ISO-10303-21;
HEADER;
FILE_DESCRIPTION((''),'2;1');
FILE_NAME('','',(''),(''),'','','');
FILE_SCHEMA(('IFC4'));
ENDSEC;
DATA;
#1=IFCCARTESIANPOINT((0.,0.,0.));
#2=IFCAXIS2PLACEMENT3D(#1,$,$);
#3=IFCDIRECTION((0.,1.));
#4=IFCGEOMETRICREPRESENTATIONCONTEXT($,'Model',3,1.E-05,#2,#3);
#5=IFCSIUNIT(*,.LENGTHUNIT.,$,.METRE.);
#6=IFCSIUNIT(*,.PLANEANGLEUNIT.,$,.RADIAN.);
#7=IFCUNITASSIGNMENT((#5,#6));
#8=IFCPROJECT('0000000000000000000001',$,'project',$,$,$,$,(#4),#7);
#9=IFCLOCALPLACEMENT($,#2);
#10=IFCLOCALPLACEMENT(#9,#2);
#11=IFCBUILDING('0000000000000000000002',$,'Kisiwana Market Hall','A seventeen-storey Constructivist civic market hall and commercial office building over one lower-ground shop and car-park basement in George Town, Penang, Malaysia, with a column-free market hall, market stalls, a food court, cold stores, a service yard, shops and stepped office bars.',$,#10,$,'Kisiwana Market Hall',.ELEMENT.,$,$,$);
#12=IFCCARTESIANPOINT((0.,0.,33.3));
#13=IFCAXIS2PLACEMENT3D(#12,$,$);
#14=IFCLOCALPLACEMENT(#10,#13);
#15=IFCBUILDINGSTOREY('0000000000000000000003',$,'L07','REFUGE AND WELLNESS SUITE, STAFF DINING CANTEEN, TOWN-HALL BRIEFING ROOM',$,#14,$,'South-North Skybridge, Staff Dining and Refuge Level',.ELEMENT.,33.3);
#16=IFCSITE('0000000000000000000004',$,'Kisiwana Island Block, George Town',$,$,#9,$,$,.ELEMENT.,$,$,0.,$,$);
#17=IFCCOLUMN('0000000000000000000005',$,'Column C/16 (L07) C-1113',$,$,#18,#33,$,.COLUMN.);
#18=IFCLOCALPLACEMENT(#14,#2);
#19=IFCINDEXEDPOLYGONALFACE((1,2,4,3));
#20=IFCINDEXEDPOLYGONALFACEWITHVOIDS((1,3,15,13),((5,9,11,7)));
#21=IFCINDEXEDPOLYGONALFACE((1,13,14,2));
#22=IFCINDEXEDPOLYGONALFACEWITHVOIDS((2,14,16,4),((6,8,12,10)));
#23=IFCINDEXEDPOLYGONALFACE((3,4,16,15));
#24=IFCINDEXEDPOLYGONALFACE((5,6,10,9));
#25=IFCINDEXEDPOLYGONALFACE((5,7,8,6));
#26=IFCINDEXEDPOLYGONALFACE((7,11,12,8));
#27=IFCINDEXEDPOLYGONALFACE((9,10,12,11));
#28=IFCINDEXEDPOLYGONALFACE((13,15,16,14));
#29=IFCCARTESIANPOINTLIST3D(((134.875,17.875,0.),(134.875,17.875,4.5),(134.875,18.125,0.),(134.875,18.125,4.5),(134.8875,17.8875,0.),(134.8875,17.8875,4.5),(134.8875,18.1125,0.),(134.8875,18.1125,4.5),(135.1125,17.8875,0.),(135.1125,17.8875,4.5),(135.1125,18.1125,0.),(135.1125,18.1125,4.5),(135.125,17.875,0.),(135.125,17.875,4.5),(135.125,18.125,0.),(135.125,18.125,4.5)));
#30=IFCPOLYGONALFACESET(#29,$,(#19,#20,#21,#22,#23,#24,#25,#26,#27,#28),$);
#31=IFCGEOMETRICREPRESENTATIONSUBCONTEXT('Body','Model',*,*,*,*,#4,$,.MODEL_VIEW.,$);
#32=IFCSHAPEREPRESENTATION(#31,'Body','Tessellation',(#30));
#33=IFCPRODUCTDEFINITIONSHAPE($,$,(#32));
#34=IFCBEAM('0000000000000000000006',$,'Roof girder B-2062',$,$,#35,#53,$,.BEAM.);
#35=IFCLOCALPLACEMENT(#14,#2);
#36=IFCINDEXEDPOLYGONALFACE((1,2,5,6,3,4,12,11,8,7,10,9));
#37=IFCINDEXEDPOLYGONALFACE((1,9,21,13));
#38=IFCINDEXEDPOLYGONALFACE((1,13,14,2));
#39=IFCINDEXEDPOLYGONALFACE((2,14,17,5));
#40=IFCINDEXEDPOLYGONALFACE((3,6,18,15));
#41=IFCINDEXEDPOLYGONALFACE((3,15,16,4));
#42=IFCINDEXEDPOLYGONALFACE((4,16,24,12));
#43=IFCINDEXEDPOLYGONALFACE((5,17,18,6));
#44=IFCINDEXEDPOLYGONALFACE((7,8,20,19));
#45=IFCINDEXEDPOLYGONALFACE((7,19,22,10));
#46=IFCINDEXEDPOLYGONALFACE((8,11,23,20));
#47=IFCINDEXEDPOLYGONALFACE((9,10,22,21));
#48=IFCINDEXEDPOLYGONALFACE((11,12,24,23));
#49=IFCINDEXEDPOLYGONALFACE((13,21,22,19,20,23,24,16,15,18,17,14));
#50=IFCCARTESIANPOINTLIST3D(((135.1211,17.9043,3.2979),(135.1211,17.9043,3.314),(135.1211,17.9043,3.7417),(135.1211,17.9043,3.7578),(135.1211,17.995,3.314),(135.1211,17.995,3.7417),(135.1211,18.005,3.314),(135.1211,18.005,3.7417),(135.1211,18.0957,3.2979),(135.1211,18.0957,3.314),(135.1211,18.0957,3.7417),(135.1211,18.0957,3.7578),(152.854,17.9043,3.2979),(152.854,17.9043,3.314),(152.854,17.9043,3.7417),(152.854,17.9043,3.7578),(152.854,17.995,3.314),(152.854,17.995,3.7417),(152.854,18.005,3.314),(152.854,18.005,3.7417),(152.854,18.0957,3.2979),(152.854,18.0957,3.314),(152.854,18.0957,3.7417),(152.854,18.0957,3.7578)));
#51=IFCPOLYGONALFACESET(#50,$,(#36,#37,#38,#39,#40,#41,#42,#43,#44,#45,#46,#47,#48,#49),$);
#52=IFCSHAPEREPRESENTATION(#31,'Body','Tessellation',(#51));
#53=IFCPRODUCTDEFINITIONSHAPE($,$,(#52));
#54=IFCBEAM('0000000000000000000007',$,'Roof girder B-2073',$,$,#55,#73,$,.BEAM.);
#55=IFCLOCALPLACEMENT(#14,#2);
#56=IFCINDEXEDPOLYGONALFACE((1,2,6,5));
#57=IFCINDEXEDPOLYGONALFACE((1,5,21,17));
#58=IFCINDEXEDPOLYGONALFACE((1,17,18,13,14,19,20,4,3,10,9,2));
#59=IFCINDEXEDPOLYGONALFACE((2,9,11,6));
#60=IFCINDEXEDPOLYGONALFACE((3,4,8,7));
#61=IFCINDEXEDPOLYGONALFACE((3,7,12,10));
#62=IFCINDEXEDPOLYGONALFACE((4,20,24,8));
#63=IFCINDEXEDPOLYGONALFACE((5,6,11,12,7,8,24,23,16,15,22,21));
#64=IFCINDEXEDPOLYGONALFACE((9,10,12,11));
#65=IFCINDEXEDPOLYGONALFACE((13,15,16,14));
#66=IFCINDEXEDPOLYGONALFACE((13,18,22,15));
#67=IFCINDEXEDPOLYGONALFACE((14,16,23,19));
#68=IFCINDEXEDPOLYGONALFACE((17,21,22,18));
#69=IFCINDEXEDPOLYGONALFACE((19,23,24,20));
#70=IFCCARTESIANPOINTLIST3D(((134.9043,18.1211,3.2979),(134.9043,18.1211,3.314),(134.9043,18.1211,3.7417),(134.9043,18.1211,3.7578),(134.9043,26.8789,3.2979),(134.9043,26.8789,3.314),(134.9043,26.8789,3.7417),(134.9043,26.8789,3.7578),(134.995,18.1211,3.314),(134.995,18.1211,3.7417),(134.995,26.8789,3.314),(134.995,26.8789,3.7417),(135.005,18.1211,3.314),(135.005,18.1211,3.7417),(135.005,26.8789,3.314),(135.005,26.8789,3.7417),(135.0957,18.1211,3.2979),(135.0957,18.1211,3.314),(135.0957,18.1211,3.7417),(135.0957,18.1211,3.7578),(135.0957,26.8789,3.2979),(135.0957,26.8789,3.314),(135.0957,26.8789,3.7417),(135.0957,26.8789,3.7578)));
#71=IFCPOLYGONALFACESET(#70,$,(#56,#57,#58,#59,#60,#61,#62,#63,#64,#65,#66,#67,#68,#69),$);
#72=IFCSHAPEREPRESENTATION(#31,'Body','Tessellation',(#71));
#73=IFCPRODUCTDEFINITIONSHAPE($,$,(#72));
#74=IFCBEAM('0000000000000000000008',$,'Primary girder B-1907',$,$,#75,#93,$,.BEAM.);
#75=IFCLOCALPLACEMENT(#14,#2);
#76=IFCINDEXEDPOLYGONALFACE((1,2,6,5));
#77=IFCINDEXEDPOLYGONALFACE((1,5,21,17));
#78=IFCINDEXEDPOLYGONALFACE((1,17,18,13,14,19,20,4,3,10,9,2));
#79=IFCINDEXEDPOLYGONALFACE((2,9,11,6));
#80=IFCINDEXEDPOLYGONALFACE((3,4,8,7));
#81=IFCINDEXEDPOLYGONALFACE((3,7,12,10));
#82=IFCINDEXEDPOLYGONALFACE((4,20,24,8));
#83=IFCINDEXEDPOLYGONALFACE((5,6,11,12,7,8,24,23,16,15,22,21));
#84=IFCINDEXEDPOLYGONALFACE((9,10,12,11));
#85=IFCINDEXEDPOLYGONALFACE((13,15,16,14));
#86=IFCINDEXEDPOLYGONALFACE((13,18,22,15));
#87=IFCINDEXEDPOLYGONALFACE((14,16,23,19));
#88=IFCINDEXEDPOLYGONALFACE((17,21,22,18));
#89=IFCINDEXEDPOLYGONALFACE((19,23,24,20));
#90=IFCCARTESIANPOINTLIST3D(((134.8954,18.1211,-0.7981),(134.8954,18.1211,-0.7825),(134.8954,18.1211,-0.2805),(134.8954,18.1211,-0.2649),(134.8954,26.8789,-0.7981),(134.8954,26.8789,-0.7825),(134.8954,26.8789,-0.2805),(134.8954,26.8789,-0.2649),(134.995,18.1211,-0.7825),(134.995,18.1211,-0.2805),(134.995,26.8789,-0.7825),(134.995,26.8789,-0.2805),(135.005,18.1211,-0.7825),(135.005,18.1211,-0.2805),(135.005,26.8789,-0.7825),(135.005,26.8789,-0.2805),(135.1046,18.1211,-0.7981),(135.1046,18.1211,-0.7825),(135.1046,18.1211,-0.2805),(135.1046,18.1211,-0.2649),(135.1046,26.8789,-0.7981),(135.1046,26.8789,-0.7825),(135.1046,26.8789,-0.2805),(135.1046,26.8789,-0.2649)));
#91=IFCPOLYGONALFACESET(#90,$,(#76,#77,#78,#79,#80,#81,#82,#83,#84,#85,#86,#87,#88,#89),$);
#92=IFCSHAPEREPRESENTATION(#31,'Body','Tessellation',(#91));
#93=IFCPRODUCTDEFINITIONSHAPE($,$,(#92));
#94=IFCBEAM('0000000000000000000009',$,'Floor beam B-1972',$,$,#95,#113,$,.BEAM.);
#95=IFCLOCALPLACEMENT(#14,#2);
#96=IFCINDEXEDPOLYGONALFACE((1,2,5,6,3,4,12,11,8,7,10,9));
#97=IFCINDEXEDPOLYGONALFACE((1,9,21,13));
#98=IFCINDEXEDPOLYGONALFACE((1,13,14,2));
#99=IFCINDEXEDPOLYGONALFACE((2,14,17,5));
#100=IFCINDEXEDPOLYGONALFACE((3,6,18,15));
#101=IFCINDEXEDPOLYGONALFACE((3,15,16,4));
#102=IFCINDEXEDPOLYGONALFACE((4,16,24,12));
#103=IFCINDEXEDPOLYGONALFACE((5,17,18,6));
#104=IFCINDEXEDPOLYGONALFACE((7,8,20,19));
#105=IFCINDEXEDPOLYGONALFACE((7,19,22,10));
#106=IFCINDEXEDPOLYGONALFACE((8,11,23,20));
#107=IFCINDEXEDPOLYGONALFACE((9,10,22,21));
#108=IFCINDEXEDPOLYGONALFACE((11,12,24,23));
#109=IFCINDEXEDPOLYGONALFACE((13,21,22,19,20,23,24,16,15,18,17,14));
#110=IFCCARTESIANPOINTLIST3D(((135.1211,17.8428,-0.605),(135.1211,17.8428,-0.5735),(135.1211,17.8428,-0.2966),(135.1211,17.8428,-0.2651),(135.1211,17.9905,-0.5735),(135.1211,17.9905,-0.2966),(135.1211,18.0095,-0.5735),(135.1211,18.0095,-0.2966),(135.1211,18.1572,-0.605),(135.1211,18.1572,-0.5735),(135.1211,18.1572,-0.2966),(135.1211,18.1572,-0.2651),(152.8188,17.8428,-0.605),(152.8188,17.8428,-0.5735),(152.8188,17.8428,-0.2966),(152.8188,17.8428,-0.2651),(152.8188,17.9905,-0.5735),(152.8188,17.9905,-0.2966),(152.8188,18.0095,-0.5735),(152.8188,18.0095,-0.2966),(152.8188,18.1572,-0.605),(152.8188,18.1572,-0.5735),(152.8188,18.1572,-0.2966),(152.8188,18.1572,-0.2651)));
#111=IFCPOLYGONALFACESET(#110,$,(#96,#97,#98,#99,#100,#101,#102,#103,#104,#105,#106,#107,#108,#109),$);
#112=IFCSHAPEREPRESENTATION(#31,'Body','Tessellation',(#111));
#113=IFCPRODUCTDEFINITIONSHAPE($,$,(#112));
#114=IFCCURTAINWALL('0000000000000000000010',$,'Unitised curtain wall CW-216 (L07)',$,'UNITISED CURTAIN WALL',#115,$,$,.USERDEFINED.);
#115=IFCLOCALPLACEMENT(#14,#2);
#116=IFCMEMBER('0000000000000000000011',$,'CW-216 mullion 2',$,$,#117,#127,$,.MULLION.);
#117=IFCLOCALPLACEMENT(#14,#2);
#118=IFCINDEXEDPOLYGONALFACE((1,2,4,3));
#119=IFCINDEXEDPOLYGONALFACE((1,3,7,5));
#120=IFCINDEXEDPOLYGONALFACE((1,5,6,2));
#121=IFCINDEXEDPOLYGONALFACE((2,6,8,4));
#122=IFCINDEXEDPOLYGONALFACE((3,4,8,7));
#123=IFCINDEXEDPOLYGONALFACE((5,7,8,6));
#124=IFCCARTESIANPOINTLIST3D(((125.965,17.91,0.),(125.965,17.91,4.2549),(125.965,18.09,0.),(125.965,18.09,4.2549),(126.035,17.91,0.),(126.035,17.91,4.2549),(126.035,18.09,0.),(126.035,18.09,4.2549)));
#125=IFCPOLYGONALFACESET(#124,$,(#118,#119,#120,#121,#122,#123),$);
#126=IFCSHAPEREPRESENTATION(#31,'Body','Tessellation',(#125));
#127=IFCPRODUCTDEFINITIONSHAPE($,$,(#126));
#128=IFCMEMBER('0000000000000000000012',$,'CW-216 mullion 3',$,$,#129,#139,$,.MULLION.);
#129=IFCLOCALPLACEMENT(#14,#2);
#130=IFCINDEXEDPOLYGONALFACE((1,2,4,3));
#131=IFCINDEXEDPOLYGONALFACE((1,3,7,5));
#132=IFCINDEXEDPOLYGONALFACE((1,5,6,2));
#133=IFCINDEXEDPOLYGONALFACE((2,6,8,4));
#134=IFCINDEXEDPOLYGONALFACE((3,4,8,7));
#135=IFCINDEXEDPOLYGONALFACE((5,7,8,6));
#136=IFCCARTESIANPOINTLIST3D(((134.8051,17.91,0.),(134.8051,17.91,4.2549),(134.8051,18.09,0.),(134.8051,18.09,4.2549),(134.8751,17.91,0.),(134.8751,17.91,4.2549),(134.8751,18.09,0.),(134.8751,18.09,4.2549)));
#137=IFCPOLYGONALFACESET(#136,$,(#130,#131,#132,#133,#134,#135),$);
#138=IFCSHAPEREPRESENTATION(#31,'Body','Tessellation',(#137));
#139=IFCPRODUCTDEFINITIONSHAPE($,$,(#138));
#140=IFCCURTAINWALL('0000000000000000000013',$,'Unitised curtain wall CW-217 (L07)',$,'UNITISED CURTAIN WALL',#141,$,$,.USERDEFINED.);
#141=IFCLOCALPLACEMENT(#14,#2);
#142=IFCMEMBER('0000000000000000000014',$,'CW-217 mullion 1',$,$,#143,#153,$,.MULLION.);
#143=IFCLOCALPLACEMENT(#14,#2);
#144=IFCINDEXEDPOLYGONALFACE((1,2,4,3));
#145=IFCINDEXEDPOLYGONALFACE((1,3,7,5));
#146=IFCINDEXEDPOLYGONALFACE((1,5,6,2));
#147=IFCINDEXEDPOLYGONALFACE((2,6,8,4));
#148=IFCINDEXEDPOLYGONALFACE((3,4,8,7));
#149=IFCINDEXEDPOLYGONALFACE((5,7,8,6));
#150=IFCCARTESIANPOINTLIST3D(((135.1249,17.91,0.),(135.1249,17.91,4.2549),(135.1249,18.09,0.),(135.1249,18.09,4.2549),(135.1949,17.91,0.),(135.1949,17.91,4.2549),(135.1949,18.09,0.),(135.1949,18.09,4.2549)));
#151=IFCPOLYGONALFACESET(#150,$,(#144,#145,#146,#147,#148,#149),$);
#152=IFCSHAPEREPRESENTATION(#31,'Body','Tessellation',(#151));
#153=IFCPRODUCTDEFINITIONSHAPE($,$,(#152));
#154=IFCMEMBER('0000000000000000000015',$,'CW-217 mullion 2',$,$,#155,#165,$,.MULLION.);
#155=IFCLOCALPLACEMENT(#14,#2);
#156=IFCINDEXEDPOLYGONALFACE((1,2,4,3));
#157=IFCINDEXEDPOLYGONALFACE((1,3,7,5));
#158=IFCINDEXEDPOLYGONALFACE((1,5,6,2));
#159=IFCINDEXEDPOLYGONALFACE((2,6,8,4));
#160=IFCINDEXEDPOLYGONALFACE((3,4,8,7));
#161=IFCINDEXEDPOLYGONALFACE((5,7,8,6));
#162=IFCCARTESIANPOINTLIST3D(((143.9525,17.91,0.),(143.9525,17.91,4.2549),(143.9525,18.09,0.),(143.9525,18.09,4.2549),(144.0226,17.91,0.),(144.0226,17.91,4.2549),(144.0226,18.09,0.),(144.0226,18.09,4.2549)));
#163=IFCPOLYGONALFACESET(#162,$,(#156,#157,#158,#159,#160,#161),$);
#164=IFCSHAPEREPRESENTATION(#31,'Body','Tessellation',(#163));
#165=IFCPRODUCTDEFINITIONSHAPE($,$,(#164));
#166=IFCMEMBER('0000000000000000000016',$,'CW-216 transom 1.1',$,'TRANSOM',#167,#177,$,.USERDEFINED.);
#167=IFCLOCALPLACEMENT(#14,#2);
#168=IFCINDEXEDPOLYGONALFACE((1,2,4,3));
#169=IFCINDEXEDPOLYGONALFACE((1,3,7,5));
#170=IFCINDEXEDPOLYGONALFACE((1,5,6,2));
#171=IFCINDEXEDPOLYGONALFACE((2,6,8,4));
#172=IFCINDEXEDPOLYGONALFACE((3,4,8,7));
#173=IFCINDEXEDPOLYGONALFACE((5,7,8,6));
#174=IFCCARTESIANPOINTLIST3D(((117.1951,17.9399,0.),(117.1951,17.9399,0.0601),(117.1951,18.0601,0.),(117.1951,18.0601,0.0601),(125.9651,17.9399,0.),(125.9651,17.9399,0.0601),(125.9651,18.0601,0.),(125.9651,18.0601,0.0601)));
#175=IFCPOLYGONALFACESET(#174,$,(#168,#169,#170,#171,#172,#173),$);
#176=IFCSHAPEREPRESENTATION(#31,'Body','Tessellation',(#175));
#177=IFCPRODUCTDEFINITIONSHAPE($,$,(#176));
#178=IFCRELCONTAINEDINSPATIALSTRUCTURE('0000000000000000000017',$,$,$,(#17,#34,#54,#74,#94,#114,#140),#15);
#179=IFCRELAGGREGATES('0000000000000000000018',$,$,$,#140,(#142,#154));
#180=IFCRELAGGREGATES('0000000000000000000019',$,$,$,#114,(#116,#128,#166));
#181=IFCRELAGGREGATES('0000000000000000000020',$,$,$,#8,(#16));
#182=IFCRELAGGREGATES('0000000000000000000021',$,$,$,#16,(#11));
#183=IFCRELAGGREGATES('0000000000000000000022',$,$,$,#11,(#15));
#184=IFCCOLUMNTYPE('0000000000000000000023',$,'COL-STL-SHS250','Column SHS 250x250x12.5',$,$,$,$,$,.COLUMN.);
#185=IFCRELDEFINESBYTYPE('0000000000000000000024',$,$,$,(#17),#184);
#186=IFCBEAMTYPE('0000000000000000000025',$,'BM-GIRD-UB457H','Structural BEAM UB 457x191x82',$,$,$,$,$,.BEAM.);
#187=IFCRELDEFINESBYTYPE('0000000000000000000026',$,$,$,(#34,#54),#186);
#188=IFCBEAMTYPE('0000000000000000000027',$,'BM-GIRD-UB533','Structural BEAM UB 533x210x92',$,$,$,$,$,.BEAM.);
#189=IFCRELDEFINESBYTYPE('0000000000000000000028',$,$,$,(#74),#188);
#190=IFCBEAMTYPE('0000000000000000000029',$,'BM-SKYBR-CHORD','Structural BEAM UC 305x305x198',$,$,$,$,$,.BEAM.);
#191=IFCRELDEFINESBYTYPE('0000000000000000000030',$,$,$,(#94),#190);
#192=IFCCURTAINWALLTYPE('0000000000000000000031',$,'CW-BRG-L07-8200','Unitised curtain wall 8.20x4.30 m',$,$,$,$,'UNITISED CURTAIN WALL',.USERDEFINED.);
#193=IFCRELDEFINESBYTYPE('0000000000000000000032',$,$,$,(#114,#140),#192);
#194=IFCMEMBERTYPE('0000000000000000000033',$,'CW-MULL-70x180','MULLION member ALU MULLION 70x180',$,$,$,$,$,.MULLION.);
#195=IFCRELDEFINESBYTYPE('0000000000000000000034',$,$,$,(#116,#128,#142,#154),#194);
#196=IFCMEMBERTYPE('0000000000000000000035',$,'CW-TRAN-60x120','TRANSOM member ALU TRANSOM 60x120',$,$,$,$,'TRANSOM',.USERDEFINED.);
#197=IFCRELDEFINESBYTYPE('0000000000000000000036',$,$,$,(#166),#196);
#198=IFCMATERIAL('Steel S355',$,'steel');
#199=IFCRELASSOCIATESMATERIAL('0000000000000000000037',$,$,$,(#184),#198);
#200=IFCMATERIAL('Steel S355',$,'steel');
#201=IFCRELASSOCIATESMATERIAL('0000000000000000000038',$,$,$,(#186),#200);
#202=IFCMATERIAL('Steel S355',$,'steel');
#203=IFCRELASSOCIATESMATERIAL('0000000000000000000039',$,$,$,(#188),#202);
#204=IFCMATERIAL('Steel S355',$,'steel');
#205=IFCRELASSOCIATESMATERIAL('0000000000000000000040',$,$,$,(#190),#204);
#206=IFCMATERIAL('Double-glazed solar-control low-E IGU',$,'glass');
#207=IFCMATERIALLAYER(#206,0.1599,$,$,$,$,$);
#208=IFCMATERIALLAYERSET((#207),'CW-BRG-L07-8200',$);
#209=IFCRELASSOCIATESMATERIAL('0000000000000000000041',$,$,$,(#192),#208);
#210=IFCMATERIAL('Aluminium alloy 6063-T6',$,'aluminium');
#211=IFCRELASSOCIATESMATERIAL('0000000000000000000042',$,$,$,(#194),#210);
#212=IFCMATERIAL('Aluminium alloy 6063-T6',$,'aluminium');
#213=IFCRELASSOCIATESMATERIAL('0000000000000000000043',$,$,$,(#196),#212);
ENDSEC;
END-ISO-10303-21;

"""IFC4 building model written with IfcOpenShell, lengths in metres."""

from ifc_helpers import new_model, si_unit, direction, frame, origin, origin_2d, place, context, subcontext, project, spatial, rectangle, hollow_rectangle, i_section, extrude, material, layer, layer_set, material_profile, profile_set, type_object, element, aggregate, save


model = new_model("IFC4")

# Units and contexts
model_context = context("Model", 3, precision=1e-05, world=origin(), true_north=direction((0.0, 1.0)))
body_context = subcontext(model_context, "Body", "Model", "MODEL_VIEW")
ifc_project = project(units=[si_unit("LENGTHUNIT", "METRE"), si_unit("PLANEANGLEUNIT", "RADIAN")], contexts=[model_context])

# Site, building, storey
site_placement = place(None, origin())
site = spatial("IfcSite", under=ifc_project, at=site_placement, Name="Kisiwana Island Block, George Town", CompositionType="ELEMENT", RefElevation=0.0)
building_placement = place(site_placement, origin())
building = spatial("IfcBuilding", under=site, at=building_placement, Name="Kisiwana Market Hall", Description="A seventeen-storey Constructivist civic market hall and commercial office building over one lower-ground shop and car-park basement in George Town, Penang, Malaysia, with a column-free market hall, market stalls, a food court, cold stores, a service yard, shops and stepped office bars.", LongName="Kisiwana Market Hall", CompositionType="ELEMENT")
storey_placement = place(building_placement, frame((0.0, 0.0, 33.3)))
storey = spatial("IfcBuildingStorey", under=building, at=storey_placement, Name="L07", Description="REFUGE AND WELLNESS SUITE, STAFF DINING CANTEEN, TOWN-HALL BRIEFING ROOM", LongName="South-North Skybridge, Staff Dining and Refuge Level", CompositionType="ELEMENT", Elevation=33.3)

# Column
ifc_material_1 = material(Name="Steel S355", Category="steel")
ifc_material_profile_1 = material_profile(ifc_material_1, hollow_rectangle(XDim=0.25, YDim=0.25, WallThickness=0.0125, at=origin_2d()), Name="SHS 250x250x12.5")
ifc_profile_set_1 = profile_set([ifc_material_profile_1], Name="Steel S355")
column_type = type_object("IfcColumnType", Name="COL-STL-SHS250", Description="Column SHS 250x250x12.5", PredefinedType="COLUMN", material=ifc_profile_set_1)
column_placement = place(storey_placement, frame((135.0, 18.0, 0.0), z_axis=(0.0, 0.0, 1.0), x_axis=(1.0, 0.0, 0.0)))
element("IfcColumn", 1, at=column_placement, inside=storey, type_object=column_type, Name="Column C/16 (L07) C-1113", PredefinedType="COLUMN", context=body_context, shape_type="SweptSolid", body=[
    extrude(hollow_rectangle(XDim=0.25, YDim=0.25, WallThickness=0.0125, at=origin_2d()), origin(), (0.0, 0.0, 1.0), 4.5),
])

# Beams
ifc_material_2 = material(Name="Steel S355", Category="steel")
ifc_material_profile_2 = material_profile(ifc_material_2, i_section(OverallWidth=0.1914, OverallDepth=0.46, WebThickness=0.01, FlangeThickness=0.0161, at=origin_2d()), Name="UB 457x191x82")
ifc_profile_set_2 = profile_set([ifc_material_profile_2], Name="Steel S355")
beam_type_1 = type_object("IfcBeamType", Name="BM-GIRD-UB457H", Description="Structural BEAM UB 457x191x82", PredefinedType="BEAM", material=ifc_profile_set_2)
beam_1_placement = place(storey_placement, frame((135.1211, 18.0, 3.5278), z_axis=(1.0, 0.0, 0.0), x_axis=(0.0, 1.0, 0.0)))
element("IfcBeam", 2, at=beam_1_placement, inside=storey, type_object=beam_type_1, Name="Roof girder B-2062", PredefinedType="BEAM", context=body_context, shape_type="SweptSolid", body=[
    extrude(i_section(OverallWidth=0.1914, OverallDepth=0.46, WebThickness=0.01, FlangeThickness=0.0161, at=origin_2d()), origin(), (0.0, 0.0, 1.0), 17.7329),
])
beam_2_placement = place(storey_placement, frame((135.0, 18.1211, 3.5278), z_axis=(0.0, 1.0, 0.0), x_axis=(-1.0, 0.0, 0.0)))
element("IfcBeam", 3, at=beam_2_placement, inside=storey, type_object=beam_type_1, Name="Roof girder B-2073", PredefinedType="BEAM", context=body_context, shape_type="SweptSolid", body=[
    extrude(i_section(OverallWidth=0.1914, OverallDepth=0.46, WebThickness=0.01, FlangeThickness=0.0161, at=origin_2d()), origin(), (0.0, 0.0, 1.0), 8.7578),
])
ifc_material_3 = material(Name="Steel S355", Category="steel")
ifc_material_profile_3 = material_profile(ifc_material_3, i_section(OverallWidth=0.2092, OverallDepth=0.5332, WebThickness=0.01, FlangeThickness=0.0156, at=origin_2d()), Name="UB 533x210x92")
ifc_profile_set_3 = profile_set([ifc_material_profile_3], Name="Steel S355")
beam_type_2 = type_object("IfcBeamType", Name="BM-GIRD-UB533", Description="Structural BEAM UB 533x210x92", PredefinedType="BEAM", material=ifc_profile_set_3)
beam_3_placement = place(storey_placement, frame((135.0, 18.1211, -0.5315), z_axis=(0.0, 1.0, 0.0), x_axis=(-1.0, 0.0, 0.0)))
element("IfcBeam", 4, at=beam_3_placement, inside=storey, type_object=beam_type_2, Name="Primary girder B-1907", PredefinedType="BEAM", context=body_context, shape_type="SweptSolid", body=[
    extrude(i_section(OverallWidth=0.2092, OverallDepth=0.5332, WebThickness=0.01, FlangeThickness=0.0156, at=origin_2d()), origin(), (0.0, 0.0, 1.0), 8.7578),
])
ifc_material_4 = material(Name="Steel S355", Category="steel")
ifc_material_profile_4 = material_profile(ifc_material_4, i_section(OverallWidth=0.3145, OverallDepth=0.3398, WebThickness=0.019, FlangeThickness=0.0315, at=origin_2d()), Name="UC 305x305x198")
ifc_profile_set_4 = profile_set([ifc_material_profile_4], Name="Steel S355")
beam_type_3 = type_object("IfcBeamType", Name="BM-SKYBR-CHORD", Description="Structural BEAM UC 305x305x198", PredefinedType="BEAM", material=ifc_profile_set_4)
beam_4_placement = place(storey_placement, frame((135.1211, 18.0, -0.4351), z_axis=(1.0, 0.0, 0.0), x_axis=(0.0, 1.0, 0.0)))
element("IfcBeam", 5, at=beam_4_placement, inside=storey, type_object=beam_type_3, Name="Floor beam B-1972", PredefinedType="BEAM", context=body_context, shape_type="SweptSolid", body=[
    extrude(i_section(OverallWidth=0.3145, OverallDepth=0.3398, WebThickness=0.019, FlangeThickness=0.0315, at=origin_2d()), origin(), (0.0, 0.0, 1.0), 17.6978),
])

# Curtain walls, members
ifc_material_5 = material(Name="Double-glazed solar-control low-E IGU", Category="glass")
ifc_layer_1 = layer(ifc_material_5, 0.1599)
ifc_layer_set_1 = layer_set([ifc_layer_1], Name="CW-BRG-L07-8200")
curtain_wall_type = type_object("IfcCurtainWallType", Name="CW-BRG-L07-8200", Description="Unitised curtain wall 8.20x4.30 m", ElementType="UNITISED CURTAIN WALL", PredefinedType="USERDEFINED", material=ifc_layer_set_1)
curtain_wall_1_placement = place(storey_placement, origin())
curtain_wall_1 = element("IfcCurtainWall", 6, at=curtain_wall_1_placement, inside=storey, type_object=curtain_wall_type, Name="Unitised curtain wall CW-216 (L07)", ObjectType="UNITISED CURTAIN WALL", PredefinedType="USERDEFINED")
ifc_material_6 = material(Name="Aluminium alloy 6063-T6", Category="aluminium")
ifc_material_profile_5 = material_profile(ifc_material_6, rectangle(XDim=0.0701, YDim=0.1799, at=origin_2d()), Name="ALU MULLION 70x180")
ifc_profile_set_5 = profile_set([ifc_material_profile_5], Name="Aluminium alloy 6063-T6")
member_type_1 = type_object("IfcMemberType", Name="CW-MULL-70x180", Description="MULLION member ALU MULLION 70x180", PredefinedType="MULLION", material=ifc_profile_set_5)
member_1_placement = place(storey_placement, frame((126.0, 18.0, 0.0), z_axis=(0.0, 0.0, 1.0), x_axis=(1.0, 0.0, 0.0)))
member_1 = element("IfcMember", 7, at=member_1_placement, type_object=member_type_1, Name="CW-216 mullion 2", PredefinedType="MULLION", context=body_context, shape_type="SweptSolid", body=[
    extrude(rectangle(XDim=0.0701, YDim=0.1799, at=origin_2d()), origin(), (0.0, 0.0, 1.0), 4.2549),
])
member_2_placement = place(storey_placement, frame((134.8401, 18.0, 0.0), z_axis=(0.0, 0.0, 1.0), x_axis=(1.0, 0.0, 0.0)))
member_2 = element("IfcMember", 8, at=member_2_placement, type_object=member_type_1, Name="CW-216 mullion 3", PredefinedType="MULLION", context=body_context, shape_type="SweptSolid", body=[
    extrude(rectangle(XDim=0.0701, YDim=0.1799, at=origin_2d()), origin(), (0.0, 0.0, 1.0), 4.2549),
])
curtain_wall_2_placement = place(storey_placement, origin())
curtain_wall_2 = element("IfcCurtainWall", 9, at=curtain_wall_2_placement, inside=storey, type_object=curtain_wall_type, Name="Unitised curtain wall CW-217 (L07)", ObjectType="UNITISED CURTAIN WALL", PredefinedType="USERDEFINED")
member_3_placement = place(storey_placement, frame((135.1599, 18.0, 0.0), z_axis=(0.0, 0.0, 1.0), x_axis=(1.0, 0.0, 0.0)))
member_3 = element("IfcMember", 10, at=member_3_placement, type_object=member_type_1, Name="CW-217 mullion 1", PredefinedType="MULLION", context=body_context, shape_type="SweptSolid", body=[
    extrude(rectangle(XDim=0.0701, YDim=0.1799, at=origin_2d()), origin(), (0.0, 0.0, 1.0), 4.2549),
])
member_4_placement = place(storey_placement, frame((143.9875, 18.0, 0.0), z_axis=(0.0, 0.0, 1.0), x_axis=(1.0, 0.0, 0.0)))
member_4 = element("IfcMember", 11, at=member_4_placement, type_object=member_type_1, Name="CW-217 mullion 2", PredefinedType="MULLION", context=body_context, shape_type="SweptSolid", body=[
    extrude(rectangle(XDim=0.0701, YDim=0.1799, at=origin_2d()), origin(), (0.0, 0.0, 1.0), 4.2549),
])

# Member
ifc_material_7 = material(Name="Aluminium alloy 6063-T6", Category="aluminium")
ifc_material_profile_6 = material_profile(ifc_material_7, rectangle(XDim=0.1201, YDim=0.0601, at=origin_2d()), Name="ALU TRANSOM 60x120")
ifc_profile_set_6 = profile_set([ifc_material_profile_6], Name="Aluminium alloy 6063-T6")
member_type_2 = type_object("IfcMemberType", Name="CW-TRAN-60x120", Description="TRANSOM member ALU TRANSOM 60x120", ElementType="TRANSOM", PredefinedType="USERDEFINED", material=ifc_profile_set_6)
member_5_placement = place(storey_placement, frame((117.1951, 18.0, 0.03), z_axis=(1.0, 0.0, 0.0), x_axis=(0.0, 1.0, 0.0)))
member_5 = element("IfcMember", 12, at=member_5_placement, type_object=member_type_2, Name="CW-216 transom 1.1", ObjectType="TRANSOM", PredefinedType="USERDEFINED", context=body_context, shape_type="SweptSolid", body=[
    extrude(rectangle(XDim=0.1201, YDim=0.0601, at=origin_2d()), origin(), (0.0, 0.0, 1.0), 8.77),
])

aggregate(curtain_wall_2, [member_3, member_4])
aggregate(curtain_wall_1, [member_1, member_2, member_5])

save(model, "model.ifc")
